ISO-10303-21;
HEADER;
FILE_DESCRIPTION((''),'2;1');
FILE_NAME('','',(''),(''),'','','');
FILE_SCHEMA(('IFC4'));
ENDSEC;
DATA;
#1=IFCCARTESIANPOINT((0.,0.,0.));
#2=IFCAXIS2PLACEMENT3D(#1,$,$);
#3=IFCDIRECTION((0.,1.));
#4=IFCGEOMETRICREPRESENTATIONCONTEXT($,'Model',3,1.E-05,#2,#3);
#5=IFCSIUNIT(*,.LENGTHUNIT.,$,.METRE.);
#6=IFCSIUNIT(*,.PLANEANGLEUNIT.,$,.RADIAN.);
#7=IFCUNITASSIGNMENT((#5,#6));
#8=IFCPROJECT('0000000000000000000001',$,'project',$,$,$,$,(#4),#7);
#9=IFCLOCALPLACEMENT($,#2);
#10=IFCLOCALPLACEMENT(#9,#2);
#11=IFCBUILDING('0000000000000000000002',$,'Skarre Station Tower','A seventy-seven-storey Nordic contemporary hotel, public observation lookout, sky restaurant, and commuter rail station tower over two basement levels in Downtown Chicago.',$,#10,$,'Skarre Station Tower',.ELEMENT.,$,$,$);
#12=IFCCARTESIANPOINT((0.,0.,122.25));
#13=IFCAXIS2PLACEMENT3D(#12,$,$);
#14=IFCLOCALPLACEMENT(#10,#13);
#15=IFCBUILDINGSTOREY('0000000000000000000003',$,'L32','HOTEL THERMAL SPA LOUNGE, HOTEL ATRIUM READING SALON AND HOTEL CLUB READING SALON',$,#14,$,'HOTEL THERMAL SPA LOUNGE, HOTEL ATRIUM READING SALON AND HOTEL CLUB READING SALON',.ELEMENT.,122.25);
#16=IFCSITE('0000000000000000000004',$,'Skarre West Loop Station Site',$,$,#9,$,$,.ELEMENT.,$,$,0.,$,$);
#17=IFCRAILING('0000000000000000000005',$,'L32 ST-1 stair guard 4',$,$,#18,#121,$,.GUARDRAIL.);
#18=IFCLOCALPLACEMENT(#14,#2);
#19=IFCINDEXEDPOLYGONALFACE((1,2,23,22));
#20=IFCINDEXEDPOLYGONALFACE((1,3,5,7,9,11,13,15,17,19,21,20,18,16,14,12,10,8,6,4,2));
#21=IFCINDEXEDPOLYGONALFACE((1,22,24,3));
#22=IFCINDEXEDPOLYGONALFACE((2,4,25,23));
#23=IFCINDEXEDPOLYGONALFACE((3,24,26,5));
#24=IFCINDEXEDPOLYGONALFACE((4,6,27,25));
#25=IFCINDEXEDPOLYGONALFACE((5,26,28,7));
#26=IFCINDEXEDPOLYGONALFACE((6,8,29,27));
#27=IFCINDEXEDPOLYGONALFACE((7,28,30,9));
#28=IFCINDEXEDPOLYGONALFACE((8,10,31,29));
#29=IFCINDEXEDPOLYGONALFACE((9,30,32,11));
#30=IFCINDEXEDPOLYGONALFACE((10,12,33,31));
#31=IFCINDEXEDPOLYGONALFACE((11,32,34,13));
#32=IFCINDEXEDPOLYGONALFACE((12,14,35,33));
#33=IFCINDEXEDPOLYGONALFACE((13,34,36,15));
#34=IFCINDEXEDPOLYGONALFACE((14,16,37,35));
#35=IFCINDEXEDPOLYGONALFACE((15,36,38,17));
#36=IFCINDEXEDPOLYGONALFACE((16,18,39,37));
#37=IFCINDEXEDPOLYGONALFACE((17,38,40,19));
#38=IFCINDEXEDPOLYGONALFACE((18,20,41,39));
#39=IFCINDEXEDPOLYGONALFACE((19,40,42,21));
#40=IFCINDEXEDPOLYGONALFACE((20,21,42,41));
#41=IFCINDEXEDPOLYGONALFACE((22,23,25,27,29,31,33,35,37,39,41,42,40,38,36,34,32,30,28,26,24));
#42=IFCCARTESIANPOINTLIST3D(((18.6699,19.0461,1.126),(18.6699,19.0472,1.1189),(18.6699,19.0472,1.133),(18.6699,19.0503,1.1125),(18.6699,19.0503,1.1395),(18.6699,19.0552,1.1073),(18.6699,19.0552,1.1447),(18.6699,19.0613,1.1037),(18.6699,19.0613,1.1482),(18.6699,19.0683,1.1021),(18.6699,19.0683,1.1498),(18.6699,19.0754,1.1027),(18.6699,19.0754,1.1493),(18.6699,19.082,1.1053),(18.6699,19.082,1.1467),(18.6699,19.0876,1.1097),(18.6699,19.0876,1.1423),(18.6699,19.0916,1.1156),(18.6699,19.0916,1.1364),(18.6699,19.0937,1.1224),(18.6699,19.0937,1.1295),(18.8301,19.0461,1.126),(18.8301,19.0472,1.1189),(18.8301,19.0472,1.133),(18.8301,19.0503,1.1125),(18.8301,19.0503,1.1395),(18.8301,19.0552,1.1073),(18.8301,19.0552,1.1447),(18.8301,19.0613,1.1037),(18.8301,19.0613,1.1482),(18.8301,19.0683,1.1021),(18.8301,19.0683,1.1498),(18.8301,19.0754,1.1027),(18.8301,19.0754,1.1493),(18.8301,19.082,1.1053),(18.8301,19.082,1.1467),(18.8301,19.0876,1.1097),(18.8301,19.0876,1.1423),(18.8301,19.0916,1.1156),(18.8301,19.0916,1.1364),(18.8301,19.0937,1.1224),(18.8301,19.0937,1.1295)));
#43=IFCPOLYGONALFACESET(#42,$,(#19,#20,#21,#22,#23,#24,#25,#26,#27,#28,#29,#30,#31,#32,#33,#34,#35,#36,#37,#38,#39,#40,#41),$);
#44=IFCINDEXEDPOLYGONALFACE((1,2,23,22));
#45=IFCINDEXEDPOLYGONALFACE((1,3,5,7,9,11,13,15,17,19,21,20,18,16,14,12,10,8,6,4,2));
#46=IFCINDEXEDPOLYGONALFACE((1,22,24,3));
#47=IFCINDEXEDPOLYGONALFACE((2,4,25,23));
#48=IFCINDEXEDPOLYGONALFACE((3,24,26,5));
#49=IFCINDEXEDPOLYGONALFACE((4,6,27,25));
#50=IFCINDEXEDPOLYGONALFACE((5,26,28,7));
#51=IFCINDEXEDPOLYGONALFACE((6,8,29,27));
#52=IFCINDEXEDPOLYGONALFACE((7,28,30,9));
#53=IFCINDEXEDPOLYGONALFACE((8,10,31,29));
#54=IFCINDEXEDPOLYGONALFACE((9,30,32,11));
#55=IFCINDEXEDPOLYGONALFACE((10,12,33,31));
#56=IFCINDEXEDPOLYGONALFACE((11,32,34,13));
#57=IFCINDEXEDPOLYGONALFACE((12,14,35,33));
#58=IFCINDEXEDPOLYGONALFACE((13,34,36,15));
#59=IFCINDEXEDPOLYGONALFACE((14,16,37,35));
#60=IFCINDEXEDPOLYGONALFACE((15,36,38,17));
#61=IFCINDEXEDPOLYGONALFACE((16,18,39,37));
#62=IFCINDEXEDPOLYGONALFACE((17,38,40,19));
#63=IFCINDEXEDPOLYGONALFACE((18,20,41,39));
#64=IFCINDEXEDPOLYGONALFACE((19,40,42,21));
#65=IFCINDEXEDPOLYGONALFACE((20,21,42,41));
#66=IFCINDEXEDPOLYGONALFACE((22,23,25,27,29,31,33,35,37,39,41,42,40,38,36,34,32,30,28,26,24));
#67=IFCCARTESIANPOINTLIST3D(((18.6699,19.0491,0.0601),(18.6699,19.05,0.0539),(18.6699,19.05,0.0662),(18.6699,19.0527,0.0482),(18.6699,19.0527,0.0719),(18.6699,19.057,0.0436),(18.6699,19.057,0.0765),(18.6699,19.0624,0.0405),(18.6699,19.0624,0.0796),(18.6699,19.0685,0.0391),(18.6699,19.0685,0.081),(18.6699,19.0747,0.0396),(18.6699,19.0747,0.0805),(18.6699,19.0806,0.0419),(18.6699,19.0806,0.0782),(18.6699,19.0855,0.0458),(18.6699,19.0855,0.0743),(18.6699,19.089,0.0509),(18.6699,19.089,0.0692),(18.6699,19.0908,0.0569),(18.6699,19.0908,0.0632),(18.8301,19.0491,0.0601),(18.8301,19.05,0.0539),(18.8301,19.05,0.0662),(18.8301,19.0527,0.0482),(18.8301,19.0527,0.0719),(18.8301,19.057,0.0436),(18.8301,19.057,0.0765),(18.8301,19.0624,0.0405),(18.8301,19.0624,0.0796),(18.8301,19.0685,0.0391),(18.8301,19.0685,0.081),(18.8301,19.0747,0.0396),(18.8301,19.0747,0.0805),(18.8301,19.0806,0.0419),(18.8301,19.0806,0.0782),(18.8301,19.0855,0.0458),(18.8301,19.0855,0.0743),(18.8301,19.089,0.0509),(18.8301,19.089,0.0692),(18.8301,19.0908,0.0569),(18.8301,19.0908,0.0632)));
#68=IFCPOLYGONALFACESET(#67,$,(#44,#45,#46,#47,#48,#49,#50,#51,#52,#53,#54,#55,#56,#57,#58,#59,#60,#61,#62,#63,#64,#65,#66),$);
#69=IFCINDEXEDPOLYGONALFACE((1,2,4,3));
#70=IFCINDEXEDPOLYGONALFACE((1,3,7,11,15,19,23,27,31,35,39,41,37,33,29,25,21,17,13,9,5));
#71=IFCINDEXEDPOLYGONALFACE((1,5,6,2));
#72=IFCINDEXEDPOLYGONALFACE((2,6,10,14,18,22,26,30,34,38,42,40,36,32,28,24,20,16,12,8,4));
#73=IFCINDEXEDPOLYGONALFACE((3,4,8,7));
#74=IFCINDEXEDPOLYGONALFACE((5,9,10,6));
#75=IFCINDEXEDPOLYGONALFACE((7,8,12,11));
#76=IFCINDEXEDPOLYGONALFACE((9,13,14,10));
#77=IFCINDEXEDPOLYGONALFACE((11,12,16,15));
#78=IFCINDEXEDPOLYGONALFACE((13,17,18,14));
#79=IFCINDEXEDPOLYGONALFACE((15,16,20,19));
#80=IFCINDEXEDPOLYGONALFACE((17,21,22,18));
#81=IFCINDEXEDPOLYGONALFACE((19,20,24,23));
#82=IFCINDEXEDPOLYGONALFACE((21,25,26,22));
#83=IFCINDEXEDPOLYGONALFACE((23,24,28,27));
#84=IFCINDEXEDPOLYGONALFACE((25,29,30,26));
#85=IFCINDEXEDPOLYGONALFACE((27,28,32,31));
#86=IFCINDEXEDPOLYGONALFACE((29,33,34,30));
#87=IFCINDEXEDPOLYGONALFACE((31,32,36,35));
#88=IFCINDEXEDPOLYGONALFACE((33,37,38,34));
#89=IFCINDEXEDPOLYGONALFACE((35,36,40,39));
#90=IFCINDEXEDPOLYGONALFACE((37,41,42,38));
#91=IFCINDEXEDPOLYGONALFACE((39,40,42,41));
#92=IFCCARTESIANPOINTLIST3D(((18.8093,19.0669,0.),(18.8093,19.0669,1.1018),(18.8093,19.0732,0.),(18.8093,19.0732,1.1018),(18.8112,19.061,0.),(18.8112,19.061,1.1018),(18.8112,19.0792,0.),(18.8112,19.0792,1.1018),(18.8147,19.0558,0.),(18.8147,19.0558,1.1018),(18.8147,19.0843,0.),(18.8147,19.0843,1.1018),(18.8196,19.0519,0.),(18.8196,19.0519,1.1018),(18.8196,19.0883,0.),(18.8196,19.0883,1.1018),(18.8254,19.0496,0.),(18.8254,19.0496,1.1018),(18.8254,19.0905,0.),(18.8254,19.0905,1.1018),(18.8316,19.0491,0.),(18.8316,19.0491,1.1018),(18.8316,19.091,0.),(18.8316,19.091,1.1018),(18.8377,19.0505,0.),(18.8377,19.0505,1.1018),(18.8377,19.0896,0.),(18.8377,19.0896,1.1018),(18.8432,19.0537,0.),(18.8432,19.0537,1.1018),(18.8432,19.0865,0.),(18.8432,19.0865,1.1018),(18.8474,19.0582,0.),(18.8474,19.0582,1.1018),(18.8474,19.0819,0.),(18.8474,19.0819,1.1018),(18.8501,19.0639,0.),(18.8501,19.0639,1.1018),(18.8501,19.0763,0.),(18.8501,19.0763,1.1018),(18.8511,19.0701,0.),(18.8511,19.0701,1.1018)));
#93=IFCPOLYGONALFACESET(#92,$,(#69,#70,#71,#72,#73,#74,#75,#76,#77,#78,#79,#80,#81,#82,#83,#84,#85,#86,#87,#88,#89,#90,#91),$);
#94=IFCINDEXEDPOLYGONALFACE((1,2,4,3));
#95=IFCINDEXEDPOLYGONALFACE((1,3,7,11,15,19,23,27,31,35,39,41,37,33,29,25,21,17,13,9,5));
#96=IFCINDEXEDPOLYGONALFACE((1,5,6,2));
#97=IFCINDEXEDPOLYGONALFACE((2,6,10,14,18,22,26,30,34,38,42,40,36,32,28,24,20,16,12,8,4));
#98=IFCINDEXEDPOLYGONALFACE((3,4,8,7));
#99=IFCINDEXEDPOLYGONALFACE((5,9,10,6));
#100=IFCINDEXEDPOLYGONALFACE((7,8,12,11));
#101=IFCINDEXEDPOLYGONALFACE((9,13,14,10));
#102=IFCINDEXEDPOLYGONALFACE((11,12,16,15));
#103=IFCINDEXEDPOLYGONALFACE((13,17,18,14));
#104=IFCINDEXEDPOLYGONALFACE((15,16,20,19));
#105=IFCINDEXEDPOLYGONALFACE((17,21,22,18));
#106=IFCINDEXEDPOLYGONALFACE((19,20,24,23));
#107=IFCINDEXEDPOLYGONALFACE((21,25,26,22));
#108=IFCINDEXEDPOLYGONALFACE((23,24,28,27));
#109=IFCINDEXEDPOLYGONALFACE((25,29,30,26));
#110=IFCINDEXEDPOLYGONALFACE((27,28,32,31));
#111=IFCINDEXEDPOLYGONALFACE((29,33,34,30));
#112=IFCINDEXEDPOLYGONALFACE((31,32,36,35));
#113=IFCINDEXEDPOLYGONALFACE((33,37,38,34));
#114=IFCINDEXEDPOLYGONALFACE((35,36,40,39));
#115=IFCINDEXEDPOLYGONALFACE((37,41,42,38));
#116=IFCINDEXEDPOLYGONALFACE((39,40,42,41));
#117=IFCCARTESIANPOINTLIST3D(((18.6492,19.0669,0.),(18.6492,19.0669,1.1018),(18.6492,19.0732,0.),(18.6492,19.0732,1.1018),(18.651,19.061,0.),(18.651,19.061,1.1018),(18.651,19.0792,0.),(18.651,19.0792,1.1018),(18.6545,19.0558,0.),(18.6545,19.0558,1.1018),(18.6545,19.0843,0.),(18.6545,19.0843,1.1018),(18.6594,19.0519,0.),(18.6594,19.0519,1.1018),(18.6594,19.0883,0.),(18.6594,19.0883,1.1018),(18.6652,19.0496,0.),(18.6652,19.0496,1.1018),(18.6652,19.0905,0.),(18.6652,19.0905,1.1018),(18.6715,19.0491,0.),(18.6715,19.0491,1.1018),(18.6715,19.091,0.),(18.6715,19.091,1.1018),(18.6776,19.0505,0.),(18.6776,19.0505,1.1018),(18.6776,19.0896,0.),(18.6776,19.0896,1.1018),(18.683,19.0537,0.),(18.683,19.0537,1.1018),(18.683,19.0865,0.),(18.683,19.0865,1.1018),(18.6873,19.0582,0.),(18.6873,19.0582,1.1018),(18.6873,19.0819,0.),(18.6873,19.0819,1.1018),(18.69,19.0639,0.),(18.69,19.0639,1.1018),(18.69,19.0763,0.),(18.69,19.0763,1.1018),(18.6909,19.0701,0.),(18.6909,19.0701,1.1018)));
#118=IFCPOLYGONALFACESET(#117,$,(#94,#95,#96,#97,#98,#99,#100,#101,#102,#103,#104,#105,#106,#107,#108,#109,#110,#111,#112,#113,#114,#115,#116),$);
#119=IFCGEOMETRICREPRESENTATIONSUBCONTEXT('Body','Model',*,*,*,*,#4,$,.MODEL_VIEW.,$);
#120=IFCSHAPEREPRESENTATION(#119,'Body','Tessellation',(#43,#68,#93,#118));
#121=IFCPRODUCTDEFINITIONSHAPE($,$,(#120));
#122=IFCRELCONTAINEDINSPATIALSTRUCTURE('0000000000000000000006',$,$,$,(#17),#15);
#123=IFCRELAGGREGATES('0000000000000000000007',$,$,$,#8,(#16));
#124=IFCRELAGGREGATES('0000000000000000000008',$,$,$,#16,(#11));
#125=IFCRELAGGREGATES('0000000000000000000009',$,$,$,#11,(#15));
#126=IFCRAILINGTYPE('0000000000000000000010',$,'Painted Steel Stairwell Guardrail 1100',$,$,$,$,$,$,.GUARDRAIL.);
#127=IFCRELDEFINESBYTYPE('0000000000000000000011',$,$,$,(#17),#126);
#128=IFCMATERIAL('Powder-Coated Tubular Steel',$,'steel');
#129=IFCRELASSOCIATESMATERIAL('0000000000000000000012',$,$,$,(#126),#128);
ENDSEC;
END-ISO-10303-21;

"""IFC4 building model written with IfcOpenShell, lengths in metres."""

from ifc_helpers import new_model, si_unit, direction, frame, origin, origin_2d, place, context, subcontext, project, spatial, circle, extrude, material, type_object, element, save


model = new_model("IFC4")

# Units and contexts
model_context = context("Model", 3, precision=1e-05, world=origin(), true_north=direction((0.0, 1.0)))
body_context = subcontext(model_context, "Body", "Model", "MODEL_VIEW")
ifc_project = project(units=[si_unit("LENGTHUNIT", "METRE"), si_unit("PLANEANGLEUNIT", "RADIAN")], contexts=[model_context])

# Site, building, storey
site_placement = place(None, origin())
site = spatial("IfcSite", under=ifc_project, at=site_placement, Name="Skarre West Loop Station Site", CompositionType="ELEMENT", RefElevation=0.0)
building_placement = place(site_placement, origin())
building = spatial("IfcBuilding", under=site, at=building_placement, Name="Skarre Station Tower", Description="A seventy-seven-storey Nordic contemporary hotel, public observation lookout, sky restaurant, and commuter rail station tower over two basement levels in Downtown Chicago.", LongName="Skarre Station Tower", CompositionType="ELEMENT")
storey_placement = place(building_placement, frame((0.0, 0.0, 122.25)))
storey = spatial("IfcBuildingStorey", under=building, at=storey_placement, Name="L32", Description="HOTEL THERMAL SPA LOUNGE, HOTEL ATRIUM READING SALON AND HOTEL CLUB READING SALON", LongName="HOTEL THERMAL SPA LOUNGE, HOTEL ATRIUM READING SALON AND HOTEL CLUB READING SALON", CompositionType="ELEMENT", Elevation=122.25)

# Railing
ifc_material_1 = material(Name="Powder-Coated Tubular Steel", Category="steel")
railing_type_1 = type_object("IfcRailingType", Name="Painted Steel Stairwell Guardrail 1100", PredefinedType="GUARDRAIL", material=ifc_material_1)
railing_1_placement = place(storey_placement, frame((18.8301, 19.0701, 0.0)))
element("IfcRailing", 1, at=railing_1_placement, inside=storey, type_object=railing_type_1, Name="L32 ST-1 stair guard 4", PredefinedType="GUARDRAIL", context=body_context, shape_type="SweptSolid", body=[
    extrude(circle(Radius=0.0239, at=origin_2d()), frame((0.0, 0.0, 1.126), z_axis=(-1.0, 0.0, 0.0), x_axis=(0.0, -1.0, 0.0)), (0.0, 0.0, 1.0), 0.1602),
    extrude(circle(Radius=0.021, at=origin_2d()), frame((0.0, 0.0, 0.0601), z_axis=(-1.0, 0.0, 0.0), x_axis=(0.0, -1.0, 0.0)), (0.0, 0.0, 1.0), 0.1602),
    extrude(circle(Radius=0.021, at=origin_2d()), origin(), (0.0, 0.0, 1.0), 1.1018),
    extrude(circle(Radius=0.021, at=origin_2d()), frame((-0.1602, 0.0, 0.0)), (0.0, 0.0, 1.0), 1.1018),
])

save(model, "model.ifc")
